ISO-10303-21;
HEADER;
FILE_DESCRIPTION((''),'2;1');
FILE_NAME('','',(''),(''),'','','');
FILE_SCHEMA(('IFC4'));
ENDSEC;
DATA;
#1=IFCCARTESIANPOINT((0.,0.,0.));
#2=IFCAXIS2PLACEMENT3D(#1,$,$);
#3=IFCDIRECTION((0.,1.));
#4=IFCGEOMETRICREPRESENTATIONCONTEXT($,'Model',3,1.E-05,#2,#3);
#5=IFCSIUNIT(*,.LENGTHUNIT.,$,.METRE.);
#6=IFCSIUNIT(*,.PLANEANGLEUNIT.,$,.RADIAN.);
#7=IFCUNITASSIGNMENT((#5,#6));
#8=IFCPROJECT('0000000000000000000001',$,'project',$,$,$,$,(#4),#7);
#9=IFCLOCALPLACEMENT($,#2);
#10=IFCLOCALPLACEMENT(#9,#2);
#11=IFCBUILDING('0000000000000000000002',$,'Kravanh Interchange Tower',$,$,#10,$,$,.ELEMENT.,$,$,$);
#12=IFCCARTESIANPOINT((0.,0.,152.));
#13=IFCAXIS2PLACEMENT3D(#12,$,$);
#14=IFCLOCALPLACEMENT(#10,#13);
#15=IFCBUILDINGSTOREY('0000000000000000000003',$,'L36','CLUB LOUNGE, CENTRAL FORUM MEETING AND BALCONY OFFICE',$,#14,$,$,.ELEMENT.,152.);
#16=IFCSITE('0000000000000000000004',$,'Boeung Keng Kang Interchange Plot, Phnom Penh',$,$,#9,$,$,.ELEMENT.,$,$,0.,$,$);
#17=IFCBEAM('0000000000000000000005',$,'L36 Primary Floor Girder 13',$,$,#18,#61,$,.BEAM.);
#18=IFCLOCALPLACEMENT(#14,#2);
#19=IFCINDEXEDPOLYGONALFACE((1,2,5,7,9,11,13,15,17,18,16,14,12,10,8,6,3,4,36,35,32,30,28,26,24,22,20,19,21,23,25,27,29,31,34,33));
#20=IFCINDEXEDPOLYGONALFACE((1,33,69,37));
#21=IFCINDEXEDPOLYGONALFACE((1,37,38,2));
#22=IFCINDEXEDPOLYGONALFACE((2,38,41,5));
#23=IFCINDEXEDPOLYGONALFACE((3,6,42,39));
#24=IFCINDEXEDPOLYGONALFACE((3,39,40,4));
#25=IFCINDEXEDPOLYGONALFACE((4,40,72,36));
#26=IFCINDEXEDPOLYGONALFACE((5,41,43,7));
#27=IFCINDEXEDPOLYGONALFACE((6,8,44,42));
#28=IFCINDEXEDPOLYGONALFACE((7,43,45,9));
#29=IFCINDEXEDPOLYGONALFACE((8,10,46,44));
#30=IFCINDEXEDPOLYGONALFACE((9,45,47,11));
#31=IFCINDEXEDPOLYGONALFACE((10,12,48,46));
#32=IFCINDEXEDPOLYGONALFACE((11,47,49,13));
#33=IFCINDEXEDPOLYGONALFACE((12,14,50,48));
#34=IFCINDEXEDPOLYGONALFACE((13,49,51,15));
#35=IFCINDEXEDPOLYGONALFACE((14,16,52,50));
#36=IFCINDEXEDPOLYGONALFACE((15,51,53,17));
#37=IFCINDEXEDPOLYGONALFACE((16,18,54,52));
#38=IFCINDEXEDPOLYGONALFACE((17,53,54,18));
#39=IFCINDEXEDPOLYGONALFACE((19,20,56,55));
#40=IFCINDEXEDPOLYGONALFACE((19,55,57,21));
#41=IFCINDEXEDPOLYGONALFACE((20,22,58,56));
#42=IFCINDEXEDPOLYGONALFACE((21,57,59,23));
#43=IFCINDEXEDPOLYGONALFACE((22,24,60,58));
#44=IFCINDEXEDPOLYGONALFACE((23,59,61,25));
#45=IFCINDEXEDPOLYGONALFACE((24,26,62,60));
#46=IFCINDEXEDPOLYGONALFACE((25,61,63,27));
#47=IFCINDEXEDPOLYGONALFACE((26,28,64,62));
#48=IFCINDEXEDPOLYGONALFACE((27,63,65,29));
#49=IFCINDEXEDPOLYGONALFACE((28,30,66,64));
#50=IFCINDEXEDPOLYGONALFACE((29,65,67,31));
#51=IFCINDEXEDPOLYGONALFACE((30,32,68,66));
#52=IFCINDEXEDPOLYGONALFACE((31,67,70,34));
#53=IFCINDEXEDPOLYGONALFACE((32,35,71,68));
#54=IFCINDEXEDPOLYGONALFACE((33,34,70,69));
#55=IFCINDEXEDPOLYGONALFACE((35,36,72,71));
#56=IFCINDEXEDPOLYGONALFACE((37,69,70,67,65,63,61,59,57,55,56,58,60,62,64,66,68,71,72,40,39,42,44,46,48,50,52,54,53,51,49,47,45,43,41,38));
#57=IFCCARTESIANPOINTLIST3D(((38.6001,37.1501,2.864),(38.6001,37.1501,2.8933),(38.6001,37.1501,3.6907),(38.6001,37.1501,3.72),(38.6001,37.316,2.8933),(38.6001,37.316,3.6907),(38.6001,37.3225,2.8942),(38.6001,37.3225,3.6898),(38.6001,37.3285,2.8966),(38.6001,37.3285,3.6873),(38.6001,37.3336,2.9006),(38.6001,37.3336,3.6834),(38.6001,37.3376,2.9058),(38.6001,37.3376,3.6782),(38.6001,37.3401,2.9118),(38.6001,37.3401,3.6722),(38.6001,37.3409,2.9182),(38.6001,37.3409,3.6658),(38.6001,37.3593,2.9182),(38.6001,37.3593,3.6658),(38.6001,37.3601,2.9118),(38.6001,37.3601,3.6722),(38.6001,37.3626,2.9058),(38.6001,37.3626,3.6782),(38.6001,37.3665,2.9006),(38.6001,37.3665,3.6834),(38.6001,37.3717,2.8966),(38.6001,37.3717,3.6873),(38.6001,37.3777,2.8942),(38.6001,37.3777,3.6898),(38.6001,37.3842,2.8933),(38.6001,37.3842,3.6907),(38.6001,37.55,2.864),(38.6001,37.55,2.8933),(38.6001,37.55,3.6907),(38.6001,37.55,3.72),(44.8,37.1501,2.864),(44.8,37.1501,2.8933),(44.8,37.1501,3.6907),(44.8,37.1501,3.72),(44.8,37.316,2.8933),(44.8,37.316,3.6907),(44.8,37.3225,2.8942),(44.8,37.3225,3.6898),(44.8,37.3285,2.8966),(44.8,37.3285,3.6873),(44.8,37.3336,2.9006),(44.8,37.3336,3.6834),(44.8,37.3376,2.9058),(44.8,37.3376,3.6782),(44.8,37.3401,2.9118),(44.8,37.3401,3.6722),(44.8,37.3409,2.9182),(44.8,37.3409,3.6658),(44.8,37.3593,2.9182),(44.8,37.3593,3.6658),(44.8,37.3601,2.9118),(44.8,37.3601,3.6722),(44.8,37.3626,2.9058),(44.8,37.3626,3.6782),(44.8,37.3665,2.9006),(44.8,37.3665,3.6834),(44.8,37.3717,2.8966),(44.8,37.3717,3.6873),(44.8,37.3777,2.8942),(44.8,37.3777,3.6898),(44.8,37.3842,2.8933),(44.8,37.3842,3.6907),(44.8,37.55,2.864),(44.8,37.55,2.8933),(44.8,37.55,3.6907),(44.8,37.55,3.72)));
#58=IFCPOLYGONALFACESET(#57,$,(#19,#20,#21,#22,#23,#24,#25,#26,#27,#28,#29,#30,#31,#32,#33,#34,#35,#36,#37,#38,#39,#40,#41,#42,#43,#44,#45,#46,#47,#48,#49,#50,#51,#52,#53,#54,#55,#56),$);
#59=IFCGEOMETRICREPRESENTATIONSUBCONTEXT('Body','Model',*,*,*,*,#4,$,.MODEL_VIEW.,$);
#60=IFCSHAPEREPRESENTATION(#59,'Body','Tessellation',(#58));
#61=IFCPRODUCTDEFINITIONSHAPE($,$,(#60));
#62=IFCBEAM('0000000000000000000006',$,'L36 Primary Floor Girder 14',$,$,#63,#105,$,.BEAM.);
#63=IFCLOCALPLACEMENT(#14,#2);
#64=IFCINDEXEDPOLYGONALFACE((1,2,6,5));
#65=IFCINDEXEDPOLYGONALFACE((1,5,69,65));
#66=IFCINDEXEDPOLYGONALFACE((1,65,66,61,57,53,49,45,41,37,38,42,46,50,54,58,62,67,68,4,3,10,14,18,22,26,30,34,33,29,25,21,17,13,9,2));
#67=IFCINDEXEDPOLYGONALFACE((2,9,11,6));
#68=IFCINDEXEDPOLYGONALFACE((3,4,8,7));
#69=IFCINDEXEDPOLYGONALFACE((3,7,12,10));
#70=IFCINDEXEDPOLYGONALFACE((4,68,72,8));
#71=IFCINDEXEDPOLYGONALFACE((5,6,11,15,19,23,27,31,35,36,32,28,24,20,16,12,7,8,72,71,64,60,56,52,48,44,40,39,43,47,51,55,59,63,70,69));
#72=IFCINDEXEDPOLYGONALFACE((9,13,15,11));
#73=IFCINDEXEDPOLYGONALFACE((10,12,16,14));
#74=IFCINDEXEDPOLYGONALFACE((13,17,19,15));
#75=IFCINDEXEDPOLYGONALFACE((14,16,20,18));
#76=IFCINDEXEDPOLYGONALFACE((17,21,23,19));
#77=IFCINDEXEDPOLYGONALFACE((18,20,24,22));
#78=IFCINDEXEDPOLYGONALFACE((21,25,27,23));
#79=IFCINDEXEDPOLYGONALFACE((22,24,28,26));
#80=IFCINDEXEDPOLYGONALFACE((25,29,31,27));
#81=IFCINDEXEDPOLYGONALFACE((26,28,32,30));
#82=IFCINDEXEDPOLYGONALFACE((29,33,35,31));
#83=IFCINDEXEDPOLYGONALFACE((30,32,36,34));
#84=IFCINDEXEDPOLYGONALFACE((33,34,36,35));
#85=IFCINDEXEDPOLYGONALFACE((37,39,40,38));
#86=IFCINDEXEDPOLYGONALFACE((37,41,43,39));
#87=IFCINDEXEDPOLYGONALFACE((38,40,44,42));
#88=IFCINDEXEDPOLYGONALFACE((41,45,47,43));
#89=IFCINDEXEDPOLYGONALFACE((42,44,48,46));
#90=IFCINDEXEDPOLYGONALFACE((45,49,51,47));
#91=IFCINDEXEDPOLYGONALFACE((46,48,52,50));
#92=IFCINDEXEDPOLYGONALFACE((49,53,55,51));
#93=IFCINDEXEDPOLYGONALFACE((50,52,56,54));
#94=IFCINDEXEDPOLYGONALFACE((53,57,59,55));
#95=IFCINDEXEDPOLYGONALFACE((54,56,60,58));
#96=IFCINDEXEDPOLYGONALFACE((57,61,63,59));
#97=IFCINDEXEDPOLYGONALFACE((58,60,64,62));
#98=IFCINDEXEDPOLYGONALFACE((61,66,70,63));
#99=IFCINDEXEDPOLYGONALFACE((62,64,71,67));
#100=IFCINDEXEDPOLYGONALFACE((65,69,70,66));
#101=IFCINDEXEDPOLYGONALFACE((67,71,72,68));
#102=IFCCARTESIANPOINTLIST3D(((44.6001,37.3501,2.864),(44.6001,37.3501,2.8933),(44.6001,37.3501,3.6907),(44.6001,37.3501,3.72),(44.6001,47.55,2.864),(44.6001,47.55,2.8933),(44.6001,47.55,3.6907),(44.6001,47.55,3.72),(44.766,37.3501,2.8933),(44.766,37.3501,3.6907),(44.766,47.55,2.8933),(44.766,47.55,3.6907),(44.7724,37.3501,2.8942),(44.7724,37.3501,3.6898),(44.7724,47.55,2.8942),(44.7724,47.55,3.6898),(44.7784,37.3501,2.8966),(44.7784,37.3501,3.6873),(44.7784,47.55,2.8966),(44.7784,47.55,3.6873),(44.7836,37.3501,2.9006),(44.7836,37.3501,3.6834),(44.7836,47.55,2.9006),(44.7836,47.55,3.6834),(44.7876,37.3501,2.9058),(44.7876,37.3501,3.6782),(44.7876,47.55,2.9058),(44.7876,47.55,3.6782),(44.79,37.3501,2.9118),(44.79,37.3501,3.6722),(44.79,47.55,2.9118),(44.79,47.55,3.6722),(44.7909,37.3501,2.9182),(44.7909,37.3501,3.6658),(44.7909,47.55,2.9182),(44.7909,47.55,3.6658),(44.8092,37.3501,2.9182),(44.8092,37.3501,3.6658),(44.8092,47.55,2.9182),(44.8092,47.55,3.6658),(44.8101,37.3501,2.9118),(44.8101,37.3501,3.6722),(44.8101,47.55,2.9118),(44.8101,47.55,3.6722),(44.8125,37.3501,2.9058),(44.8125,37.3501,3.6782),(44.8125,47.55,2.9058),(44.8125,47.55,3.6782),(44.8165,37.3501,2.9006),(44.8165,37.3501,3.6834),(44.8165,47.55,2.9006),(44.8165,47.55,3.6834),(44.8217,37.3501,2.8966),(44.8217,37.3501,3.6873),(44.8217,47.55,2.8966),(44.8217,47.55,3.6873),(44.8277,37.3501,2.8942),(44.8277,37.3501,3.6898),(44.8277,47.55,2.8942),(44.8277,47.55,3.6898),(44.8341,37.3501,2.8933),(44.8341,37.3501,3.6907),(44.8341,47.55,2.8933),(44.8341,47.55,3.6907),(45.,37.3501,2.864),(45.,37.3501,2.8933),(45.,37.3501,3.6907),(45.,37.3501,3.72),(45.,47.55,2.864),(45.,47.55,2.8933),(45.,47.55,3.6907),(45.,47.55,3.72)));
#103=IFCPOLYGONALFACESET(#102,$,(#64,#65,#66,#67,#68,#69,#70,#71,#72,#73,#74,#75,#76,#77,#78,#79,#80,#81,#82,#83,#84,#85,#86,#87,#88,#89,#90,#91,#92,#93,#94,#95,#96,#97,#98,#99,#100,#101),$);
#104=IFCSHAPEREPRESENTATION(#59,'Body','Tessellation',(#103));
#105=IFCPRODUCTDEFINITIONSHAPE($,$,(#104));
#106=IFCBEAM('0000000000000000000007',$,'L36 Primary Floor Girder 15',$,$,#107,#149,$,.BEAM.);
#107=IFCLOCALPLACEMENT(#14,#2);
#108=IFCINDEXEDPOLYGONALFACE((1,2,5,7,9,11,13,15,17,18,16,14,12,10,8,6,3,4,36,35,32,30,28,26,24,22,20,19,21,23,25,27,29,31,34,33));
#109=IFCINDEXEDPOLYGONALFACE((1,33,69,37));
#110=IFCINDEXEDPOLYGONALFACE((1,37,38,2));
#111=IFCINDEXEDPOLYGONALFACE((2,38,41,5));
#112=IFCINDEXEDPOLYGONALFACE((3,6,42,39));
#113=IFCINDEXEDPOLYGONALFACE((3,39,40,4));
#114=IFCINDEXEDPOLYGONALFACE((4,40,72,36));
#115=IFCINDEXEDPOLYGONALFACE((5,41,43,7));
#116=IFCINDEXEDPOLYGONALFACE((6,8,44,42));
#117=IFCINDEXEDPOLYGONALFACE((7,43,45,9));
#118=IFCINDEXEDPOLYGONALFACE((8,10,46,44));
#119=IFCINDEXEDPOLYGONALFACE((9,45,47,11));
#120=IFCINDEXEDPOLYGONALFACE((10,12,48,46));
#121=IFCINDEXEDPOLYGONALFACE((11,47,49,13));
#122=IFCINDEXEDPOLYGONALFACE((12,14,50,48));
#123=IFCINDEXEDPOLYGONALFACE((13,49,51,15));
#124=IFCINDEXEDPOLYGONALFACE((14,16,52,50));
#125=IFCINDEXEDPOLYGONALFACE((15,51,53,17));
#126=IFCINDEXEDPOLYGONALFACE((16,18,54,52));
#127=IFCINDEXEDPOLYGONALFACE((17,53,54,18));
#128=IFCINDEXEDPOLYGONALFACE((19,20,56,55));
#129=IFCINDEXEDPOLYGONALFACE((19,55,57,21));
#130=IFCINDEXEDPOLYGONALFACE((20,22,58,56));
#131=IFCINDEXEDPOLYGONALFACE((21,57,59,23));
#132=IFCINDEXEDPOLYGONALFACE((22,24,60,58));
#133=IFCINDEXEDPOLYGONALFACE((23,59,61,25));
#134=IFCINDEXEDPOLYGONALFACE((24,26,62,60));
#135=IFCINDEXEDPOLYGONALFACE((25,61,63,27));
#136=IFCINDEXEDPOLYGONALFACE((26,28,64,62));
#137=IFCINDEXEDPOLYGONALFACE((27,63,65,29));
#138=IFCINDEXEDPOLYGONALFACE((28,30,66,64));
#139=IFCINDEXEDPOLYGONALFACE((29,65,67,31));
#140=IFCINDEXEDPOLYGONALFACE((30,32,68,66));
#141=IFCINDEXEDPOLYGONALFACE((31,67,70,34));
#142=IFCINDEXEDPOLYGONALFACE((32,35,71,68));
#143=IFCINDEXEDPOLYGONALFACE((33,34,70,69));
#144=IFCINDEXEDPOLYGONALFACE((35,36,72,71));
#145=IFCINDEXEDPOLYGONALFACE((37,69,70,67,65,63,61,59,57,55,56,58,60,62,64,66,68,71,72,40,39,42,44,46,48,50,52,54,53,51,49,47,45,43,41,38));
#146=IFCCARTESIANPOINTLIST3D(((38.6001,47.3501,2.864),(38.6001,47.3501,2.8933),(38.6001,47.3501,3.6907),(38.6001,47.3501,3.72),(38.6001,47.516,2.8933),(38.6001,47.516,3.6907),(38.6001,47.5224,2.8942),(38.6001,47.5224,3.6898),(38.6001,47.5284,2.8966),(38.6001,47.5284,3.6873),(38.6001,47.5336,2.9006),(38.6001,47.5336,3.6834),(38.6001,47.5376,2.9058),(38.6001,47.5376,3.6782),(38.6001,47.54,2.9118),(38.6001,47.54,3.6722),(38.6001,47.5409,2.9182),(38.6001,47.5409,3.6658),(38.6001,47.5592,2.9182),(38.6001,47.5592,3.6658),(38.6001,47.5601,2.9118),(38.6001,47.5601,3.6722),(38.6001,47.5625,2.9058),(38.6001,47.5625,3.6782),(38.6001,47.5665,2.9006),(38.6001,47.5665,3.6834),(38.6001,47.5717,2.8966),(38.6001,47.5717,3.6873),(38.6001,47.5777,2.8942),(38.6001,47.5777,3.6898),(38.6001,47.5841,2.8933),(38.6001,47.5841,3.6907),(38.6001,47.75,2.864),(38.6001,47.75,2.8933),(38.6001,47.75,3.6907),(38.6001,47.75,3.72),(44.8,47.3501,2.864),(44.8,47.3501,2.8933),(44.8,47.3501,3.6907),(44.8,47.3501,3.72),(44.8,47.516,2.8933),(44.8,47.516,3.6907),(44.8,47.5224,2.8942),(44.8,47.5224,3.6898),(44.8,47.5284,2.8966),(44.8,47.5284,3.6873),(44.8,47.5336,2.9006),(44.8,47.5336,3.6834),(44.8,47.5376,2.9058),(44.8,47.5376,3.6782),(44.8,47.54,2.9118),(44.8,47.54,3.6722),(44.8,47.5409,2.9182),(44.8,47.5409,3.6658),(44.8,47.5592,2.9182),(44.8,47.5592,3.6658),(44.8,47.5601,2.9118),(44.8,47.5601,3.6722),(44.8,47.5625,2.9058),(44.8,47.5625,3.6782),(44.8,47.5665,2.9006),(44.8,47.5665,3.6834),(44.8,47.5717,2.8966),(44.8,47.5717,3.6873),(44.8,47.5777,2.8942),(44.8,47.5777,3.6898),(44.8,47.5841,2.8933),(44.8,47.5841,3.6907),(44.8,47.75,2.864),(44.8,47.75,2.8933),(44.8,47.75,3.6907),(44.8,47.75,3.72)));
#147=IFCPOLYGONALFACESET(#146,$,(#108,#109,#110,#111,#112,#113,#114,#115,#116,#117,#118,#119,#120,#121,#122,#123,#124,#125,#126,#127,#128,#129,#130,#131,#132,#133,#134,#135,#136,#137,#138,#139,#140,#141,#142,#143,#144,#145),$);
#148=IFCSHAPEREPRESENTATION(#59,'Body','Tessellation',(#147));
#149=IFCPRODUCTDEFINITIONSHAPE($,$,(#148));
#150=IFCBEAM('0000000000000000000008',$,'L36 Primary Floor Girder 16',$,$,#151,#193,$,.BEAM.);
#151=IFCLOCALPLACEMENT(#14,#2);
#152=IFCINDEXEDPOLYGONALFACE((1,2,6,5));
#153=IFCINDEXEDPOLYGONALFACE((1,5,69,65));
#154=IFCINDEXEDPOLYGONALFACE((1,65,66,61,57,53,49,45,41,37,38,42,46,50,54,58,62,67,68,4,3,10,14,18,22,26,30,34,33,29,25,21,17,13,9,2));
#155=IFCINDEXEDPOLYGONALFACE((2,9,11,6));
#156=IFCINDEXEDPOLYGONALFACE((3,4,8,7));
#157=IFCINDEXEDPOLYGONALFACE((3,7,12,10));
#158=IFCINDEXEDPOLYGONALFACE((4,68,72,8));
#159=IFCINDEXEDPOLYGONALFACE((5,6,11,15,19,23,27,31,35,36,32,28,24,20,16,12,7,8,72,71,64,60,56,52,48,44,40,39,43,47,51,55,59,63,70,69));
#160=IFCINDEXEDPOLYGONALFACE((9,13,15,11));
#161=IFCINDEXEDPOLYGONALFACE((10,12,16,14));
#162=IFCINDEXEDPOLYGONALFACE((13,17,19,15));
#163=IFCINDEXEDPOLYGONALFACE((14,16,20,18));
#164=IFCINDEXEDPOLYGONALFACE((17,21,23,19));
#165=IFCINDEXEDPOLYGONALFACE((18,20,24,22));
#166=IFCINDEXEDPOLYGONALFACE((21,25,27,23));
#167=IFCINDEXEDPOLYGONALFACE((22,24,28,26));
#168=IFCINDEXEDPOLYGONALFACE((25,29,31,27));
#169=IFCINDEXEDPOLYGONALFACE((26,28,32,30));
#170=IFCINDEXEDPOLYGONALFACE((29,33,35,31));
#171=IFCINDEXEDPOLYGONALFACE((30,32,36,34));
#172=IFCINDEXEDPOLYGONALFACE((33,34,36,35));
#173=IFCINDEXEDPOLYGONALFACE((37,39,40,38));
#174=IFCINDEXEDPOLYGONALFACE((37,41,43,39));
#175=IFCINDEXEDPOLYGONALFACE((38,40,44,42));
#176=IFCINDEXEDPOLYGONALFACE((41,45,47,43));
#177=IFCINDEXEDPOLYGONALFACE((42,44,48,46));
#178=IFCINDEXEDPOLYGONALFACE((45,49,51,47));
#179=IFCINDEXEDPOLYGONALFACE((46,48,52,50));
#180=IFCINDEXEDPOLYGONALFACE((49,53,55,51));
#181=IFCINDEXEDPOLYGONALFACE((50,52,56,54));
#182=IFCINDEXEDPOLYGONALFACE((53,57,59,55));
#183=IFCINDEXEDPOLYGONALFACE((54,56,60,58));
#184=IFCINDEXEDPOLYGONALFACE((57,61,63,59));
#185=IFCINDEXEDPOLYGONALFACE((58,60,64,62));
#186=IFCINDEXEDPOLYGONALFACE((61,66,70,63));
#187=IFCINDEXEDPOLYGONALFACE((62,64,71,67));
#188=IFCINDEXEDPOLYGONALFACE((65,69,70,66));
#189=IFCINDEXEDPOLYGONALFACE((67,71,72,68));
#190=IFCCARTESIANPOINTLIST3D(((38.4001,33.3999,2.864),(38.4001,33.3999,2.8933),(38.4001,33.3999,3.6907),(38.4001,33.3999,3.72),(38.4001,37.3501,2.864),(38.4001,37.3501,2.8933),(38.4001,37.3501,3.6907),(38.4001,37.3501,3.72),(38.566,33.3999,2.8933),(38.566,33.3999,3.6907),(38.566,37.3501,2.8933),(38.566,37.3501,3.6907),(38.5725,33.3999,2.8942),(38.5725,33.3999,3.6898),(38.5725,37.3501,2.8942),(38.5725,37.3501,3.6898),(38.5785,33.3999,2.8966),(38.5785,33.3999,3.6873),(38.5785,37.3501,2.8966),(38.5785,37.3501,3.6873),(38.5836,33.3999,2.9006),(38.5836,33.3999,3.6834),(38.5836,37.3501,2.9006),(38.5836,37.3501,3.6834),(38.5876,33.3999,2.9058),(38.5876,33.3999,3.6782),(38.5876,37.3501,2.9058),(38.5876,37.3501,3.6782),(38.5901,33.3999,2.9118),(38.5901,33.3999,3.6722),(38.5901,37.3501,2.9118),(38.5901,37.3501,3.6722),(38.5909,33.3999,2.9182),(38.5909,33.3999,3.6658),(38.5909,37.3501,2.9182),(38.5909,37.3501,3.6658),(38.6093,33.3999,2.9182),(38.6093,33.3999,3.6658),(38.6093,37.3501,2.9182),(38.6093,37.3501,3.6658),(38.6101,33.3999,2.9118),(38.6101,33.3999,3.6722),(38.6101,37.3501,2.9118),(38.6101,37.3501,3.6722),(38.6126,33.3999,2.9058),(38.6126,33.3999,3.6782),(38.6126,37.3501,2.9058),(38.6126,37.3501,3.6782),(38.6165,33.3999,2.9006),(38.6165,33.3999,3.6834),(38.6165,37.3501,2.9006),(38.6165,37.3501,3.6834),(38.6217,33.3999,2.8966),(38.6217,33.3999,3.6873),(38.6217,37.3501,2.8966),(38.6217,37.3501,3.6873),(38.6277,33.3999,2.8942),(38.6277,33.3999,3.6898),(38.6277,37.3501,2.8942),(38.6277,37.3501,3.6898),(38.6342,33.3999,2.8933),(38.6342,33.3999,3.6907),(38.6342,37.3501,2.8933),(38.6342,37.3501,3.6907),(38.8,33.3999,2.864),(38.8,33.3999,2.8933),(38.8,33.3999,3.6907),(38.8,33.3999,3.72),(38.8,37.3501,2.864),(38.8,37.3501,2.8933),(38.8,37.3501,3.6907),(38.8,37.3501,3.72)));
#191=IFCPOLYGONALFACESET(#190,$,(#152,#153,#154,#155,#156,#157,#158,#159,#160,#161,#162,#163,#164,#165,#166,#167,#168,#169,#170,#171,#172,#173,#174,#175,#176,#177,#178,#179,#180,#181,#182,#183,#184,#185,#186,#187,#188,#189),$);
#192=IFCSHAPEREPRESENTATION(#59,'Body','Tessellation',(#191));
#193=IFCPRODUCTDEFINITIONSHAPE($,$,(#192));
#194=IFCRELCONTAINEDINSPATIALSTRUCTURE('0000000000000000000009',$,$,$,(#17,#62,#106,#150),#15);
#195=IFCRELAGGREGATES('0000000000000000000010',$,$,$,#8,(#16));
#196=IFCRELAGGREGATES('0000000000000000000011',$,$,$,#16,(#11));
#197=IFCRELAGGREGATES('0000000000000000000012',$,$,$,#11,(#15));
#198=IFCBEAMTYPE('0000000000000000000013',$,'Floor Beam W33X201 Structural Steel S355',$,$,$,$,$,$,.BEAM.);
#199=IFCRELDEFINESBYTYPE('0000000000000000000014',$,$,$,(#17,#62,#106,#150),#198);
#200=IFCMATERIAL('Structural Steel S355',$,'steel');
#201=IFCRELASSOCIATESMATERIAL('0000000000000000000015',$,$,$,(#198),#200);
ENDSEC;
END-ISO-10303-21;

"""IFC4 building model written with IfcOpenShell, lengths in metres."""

from ifc_helpers import new_model, si_unit, direction, frame, origin, origin_2d, place, context, subcontext, project, spatial, i_section, extrude, material, material_profile, profile_set, type_object, element, save


model = new_model("IFC4")

# Units and contexts
model_context = context("Model", 3, precision=1e-05, world=origin(), true_north=direction((0.0, 1.0)))
body_context = subcontext(model_context, "Body", "Model", "MODEL_VIEW")
ifc_project = project(units=[si_unit("LENGTHUNIT", "METRE"), si_unit("PLANEANGLEUNIT", "RADIAN")], contexts=[model_context])

# Site, building, storey
site_placement = place(None, origin())
site = spatial("IfcSite", under=ifc_project, at=site_placement, Name="Boeung Keng Kang Interchange Plot, Phnom Penh", CompositionType="ELEMENT", RefElevation=0.0)
building_placement = place(site_placement, origin())
building = spatial("IfcBuilding", under=site, at=building_placement, Name="Kravanh Interchange Tower", CompositionType="ELEMENT")
storey_placement = place(building_placement, frame((0.0, 0.0, 152.0)))
storey = spatial("IfcBuildingStorey", under=building, at=storey_placement, Name="L36", Description="CLUB LOUNGE, CENTRAL FORUM MEETING AND BALCONY OFFICE", CompositionType="ELEMENT", Elevation=152.0)

# Beams
ifc_material_1 = material(Name="Structural Steel S355", Category="steel")
ifc_material_profile_1 = material_profile(ifc_material_1, i_section(OverallWidth=0.3999, OverallDepth=0.856, WebThickness=0.0183, FlangeThickness=0.0293, FilletRadius=0.0249, at=origin_2d()), Name="W33X201")
ifc_profile_set_1 = profile_set([ifc_material_profile_1], Name="Structural Steel S355")
beam_type_1 = type_object("IfcBeamType", Name="Floor Beam W33X201 Structural Steel S355", PredefinedType="BEAM", material=ifc_profile_set_1)
beam_1_placement = place(storey_placement, frame((44.8, 37.3501, 3.292), z_axis=(-1.0, 0.0, 0.0), x_axis=(0.0, -1.0, 0.0)))
element("IfcBeam", 1, at=beam_1_placement, inside=storey, type_object=beam_type_1, Name="L36 Primary Floor Girder 13", PredefinedType="BEAM", context=body_context, shape_type="SweptSolid", body=[
    extrude(i_section(OverallWidth=0.3999, OverallDepth=0.856, WebThickness=0.0183, FlangeThickness=0.0293, FilletRadius=0.0249, at=origin_2d()), origin(), (0.0, 0.0, 1.0), 6.2),
])
beam_2_placement = place(storey_placement, frame((44.8, 37.3501, 3.292), z_axis=(0.0, 1.0, 0.0), x_axis=(-1.0, 0.0, 0.0)))
element("IfcBeam", 2, at=beam_2_placement, inside=storey, type_object=beam_type_1, Name="L36 Primary Floor Girder 14", PredefinedType="BEAM", context=body_context, shape_type="SweptSolid", body=[
    extrude(i_section(OverallWidth=0.3999, OverallDepth=0.856, WebThickness=0.0183, FlangeThickness=0.0293, FilletRadius=0.0249, at=origin_2d()), origin(), (0.0, 0.0, 1.0), 10.2),
])
beam_3_placement = place(storey_placement, frame((44.8, 47.55, 3.292), z_axis=(-1.0, 0.0, 0.0), x_axis=(0.0, -1.0, 0.0)))
element("IfcBeam", 3, at=beam_3_placement, inside=storey, type_object=beam_type_1, Name="L36 Primary Floor Girder 15", PredefinedType="BEAM", context=body_context, shape_type="SweptSolid", body=[
    extrude(i_section(OverallWidth=0.3999, OverallDepth=0.856, WebThickness=0.0183, FlangeThickness=0.0293, FilletRadius=0.0249, at=origin_2d()), origin(), (0.0, 0.0, 1.0), 6.2),
])
beam_4_placement = place(storey_placement, frame((38.6001, 37.3501, 3.292), z_axis=(0.0, -1.0, 0.0), x_axis=(1.0, 0.0, 0.0)))
element("IfcBeam", 4, at=beam_4_placement, inside=storey, type_object=beam_type_1, Name="L36 Primary Floor Girder 16", PredefinedType="BEAM", context=body_context, shape_type="SweptSolid", body=[
    extrude(i_section(OverallWidth=0.3999, OverallDepth=0.856, WebThickness=0.0183, FlangeThickness=0.0293, FilletRadius=0.0249, at=origin_2d()), origin(), (0.0, 0.0, 1.0), 3.9502),
])

save(model, "model.ifc")
